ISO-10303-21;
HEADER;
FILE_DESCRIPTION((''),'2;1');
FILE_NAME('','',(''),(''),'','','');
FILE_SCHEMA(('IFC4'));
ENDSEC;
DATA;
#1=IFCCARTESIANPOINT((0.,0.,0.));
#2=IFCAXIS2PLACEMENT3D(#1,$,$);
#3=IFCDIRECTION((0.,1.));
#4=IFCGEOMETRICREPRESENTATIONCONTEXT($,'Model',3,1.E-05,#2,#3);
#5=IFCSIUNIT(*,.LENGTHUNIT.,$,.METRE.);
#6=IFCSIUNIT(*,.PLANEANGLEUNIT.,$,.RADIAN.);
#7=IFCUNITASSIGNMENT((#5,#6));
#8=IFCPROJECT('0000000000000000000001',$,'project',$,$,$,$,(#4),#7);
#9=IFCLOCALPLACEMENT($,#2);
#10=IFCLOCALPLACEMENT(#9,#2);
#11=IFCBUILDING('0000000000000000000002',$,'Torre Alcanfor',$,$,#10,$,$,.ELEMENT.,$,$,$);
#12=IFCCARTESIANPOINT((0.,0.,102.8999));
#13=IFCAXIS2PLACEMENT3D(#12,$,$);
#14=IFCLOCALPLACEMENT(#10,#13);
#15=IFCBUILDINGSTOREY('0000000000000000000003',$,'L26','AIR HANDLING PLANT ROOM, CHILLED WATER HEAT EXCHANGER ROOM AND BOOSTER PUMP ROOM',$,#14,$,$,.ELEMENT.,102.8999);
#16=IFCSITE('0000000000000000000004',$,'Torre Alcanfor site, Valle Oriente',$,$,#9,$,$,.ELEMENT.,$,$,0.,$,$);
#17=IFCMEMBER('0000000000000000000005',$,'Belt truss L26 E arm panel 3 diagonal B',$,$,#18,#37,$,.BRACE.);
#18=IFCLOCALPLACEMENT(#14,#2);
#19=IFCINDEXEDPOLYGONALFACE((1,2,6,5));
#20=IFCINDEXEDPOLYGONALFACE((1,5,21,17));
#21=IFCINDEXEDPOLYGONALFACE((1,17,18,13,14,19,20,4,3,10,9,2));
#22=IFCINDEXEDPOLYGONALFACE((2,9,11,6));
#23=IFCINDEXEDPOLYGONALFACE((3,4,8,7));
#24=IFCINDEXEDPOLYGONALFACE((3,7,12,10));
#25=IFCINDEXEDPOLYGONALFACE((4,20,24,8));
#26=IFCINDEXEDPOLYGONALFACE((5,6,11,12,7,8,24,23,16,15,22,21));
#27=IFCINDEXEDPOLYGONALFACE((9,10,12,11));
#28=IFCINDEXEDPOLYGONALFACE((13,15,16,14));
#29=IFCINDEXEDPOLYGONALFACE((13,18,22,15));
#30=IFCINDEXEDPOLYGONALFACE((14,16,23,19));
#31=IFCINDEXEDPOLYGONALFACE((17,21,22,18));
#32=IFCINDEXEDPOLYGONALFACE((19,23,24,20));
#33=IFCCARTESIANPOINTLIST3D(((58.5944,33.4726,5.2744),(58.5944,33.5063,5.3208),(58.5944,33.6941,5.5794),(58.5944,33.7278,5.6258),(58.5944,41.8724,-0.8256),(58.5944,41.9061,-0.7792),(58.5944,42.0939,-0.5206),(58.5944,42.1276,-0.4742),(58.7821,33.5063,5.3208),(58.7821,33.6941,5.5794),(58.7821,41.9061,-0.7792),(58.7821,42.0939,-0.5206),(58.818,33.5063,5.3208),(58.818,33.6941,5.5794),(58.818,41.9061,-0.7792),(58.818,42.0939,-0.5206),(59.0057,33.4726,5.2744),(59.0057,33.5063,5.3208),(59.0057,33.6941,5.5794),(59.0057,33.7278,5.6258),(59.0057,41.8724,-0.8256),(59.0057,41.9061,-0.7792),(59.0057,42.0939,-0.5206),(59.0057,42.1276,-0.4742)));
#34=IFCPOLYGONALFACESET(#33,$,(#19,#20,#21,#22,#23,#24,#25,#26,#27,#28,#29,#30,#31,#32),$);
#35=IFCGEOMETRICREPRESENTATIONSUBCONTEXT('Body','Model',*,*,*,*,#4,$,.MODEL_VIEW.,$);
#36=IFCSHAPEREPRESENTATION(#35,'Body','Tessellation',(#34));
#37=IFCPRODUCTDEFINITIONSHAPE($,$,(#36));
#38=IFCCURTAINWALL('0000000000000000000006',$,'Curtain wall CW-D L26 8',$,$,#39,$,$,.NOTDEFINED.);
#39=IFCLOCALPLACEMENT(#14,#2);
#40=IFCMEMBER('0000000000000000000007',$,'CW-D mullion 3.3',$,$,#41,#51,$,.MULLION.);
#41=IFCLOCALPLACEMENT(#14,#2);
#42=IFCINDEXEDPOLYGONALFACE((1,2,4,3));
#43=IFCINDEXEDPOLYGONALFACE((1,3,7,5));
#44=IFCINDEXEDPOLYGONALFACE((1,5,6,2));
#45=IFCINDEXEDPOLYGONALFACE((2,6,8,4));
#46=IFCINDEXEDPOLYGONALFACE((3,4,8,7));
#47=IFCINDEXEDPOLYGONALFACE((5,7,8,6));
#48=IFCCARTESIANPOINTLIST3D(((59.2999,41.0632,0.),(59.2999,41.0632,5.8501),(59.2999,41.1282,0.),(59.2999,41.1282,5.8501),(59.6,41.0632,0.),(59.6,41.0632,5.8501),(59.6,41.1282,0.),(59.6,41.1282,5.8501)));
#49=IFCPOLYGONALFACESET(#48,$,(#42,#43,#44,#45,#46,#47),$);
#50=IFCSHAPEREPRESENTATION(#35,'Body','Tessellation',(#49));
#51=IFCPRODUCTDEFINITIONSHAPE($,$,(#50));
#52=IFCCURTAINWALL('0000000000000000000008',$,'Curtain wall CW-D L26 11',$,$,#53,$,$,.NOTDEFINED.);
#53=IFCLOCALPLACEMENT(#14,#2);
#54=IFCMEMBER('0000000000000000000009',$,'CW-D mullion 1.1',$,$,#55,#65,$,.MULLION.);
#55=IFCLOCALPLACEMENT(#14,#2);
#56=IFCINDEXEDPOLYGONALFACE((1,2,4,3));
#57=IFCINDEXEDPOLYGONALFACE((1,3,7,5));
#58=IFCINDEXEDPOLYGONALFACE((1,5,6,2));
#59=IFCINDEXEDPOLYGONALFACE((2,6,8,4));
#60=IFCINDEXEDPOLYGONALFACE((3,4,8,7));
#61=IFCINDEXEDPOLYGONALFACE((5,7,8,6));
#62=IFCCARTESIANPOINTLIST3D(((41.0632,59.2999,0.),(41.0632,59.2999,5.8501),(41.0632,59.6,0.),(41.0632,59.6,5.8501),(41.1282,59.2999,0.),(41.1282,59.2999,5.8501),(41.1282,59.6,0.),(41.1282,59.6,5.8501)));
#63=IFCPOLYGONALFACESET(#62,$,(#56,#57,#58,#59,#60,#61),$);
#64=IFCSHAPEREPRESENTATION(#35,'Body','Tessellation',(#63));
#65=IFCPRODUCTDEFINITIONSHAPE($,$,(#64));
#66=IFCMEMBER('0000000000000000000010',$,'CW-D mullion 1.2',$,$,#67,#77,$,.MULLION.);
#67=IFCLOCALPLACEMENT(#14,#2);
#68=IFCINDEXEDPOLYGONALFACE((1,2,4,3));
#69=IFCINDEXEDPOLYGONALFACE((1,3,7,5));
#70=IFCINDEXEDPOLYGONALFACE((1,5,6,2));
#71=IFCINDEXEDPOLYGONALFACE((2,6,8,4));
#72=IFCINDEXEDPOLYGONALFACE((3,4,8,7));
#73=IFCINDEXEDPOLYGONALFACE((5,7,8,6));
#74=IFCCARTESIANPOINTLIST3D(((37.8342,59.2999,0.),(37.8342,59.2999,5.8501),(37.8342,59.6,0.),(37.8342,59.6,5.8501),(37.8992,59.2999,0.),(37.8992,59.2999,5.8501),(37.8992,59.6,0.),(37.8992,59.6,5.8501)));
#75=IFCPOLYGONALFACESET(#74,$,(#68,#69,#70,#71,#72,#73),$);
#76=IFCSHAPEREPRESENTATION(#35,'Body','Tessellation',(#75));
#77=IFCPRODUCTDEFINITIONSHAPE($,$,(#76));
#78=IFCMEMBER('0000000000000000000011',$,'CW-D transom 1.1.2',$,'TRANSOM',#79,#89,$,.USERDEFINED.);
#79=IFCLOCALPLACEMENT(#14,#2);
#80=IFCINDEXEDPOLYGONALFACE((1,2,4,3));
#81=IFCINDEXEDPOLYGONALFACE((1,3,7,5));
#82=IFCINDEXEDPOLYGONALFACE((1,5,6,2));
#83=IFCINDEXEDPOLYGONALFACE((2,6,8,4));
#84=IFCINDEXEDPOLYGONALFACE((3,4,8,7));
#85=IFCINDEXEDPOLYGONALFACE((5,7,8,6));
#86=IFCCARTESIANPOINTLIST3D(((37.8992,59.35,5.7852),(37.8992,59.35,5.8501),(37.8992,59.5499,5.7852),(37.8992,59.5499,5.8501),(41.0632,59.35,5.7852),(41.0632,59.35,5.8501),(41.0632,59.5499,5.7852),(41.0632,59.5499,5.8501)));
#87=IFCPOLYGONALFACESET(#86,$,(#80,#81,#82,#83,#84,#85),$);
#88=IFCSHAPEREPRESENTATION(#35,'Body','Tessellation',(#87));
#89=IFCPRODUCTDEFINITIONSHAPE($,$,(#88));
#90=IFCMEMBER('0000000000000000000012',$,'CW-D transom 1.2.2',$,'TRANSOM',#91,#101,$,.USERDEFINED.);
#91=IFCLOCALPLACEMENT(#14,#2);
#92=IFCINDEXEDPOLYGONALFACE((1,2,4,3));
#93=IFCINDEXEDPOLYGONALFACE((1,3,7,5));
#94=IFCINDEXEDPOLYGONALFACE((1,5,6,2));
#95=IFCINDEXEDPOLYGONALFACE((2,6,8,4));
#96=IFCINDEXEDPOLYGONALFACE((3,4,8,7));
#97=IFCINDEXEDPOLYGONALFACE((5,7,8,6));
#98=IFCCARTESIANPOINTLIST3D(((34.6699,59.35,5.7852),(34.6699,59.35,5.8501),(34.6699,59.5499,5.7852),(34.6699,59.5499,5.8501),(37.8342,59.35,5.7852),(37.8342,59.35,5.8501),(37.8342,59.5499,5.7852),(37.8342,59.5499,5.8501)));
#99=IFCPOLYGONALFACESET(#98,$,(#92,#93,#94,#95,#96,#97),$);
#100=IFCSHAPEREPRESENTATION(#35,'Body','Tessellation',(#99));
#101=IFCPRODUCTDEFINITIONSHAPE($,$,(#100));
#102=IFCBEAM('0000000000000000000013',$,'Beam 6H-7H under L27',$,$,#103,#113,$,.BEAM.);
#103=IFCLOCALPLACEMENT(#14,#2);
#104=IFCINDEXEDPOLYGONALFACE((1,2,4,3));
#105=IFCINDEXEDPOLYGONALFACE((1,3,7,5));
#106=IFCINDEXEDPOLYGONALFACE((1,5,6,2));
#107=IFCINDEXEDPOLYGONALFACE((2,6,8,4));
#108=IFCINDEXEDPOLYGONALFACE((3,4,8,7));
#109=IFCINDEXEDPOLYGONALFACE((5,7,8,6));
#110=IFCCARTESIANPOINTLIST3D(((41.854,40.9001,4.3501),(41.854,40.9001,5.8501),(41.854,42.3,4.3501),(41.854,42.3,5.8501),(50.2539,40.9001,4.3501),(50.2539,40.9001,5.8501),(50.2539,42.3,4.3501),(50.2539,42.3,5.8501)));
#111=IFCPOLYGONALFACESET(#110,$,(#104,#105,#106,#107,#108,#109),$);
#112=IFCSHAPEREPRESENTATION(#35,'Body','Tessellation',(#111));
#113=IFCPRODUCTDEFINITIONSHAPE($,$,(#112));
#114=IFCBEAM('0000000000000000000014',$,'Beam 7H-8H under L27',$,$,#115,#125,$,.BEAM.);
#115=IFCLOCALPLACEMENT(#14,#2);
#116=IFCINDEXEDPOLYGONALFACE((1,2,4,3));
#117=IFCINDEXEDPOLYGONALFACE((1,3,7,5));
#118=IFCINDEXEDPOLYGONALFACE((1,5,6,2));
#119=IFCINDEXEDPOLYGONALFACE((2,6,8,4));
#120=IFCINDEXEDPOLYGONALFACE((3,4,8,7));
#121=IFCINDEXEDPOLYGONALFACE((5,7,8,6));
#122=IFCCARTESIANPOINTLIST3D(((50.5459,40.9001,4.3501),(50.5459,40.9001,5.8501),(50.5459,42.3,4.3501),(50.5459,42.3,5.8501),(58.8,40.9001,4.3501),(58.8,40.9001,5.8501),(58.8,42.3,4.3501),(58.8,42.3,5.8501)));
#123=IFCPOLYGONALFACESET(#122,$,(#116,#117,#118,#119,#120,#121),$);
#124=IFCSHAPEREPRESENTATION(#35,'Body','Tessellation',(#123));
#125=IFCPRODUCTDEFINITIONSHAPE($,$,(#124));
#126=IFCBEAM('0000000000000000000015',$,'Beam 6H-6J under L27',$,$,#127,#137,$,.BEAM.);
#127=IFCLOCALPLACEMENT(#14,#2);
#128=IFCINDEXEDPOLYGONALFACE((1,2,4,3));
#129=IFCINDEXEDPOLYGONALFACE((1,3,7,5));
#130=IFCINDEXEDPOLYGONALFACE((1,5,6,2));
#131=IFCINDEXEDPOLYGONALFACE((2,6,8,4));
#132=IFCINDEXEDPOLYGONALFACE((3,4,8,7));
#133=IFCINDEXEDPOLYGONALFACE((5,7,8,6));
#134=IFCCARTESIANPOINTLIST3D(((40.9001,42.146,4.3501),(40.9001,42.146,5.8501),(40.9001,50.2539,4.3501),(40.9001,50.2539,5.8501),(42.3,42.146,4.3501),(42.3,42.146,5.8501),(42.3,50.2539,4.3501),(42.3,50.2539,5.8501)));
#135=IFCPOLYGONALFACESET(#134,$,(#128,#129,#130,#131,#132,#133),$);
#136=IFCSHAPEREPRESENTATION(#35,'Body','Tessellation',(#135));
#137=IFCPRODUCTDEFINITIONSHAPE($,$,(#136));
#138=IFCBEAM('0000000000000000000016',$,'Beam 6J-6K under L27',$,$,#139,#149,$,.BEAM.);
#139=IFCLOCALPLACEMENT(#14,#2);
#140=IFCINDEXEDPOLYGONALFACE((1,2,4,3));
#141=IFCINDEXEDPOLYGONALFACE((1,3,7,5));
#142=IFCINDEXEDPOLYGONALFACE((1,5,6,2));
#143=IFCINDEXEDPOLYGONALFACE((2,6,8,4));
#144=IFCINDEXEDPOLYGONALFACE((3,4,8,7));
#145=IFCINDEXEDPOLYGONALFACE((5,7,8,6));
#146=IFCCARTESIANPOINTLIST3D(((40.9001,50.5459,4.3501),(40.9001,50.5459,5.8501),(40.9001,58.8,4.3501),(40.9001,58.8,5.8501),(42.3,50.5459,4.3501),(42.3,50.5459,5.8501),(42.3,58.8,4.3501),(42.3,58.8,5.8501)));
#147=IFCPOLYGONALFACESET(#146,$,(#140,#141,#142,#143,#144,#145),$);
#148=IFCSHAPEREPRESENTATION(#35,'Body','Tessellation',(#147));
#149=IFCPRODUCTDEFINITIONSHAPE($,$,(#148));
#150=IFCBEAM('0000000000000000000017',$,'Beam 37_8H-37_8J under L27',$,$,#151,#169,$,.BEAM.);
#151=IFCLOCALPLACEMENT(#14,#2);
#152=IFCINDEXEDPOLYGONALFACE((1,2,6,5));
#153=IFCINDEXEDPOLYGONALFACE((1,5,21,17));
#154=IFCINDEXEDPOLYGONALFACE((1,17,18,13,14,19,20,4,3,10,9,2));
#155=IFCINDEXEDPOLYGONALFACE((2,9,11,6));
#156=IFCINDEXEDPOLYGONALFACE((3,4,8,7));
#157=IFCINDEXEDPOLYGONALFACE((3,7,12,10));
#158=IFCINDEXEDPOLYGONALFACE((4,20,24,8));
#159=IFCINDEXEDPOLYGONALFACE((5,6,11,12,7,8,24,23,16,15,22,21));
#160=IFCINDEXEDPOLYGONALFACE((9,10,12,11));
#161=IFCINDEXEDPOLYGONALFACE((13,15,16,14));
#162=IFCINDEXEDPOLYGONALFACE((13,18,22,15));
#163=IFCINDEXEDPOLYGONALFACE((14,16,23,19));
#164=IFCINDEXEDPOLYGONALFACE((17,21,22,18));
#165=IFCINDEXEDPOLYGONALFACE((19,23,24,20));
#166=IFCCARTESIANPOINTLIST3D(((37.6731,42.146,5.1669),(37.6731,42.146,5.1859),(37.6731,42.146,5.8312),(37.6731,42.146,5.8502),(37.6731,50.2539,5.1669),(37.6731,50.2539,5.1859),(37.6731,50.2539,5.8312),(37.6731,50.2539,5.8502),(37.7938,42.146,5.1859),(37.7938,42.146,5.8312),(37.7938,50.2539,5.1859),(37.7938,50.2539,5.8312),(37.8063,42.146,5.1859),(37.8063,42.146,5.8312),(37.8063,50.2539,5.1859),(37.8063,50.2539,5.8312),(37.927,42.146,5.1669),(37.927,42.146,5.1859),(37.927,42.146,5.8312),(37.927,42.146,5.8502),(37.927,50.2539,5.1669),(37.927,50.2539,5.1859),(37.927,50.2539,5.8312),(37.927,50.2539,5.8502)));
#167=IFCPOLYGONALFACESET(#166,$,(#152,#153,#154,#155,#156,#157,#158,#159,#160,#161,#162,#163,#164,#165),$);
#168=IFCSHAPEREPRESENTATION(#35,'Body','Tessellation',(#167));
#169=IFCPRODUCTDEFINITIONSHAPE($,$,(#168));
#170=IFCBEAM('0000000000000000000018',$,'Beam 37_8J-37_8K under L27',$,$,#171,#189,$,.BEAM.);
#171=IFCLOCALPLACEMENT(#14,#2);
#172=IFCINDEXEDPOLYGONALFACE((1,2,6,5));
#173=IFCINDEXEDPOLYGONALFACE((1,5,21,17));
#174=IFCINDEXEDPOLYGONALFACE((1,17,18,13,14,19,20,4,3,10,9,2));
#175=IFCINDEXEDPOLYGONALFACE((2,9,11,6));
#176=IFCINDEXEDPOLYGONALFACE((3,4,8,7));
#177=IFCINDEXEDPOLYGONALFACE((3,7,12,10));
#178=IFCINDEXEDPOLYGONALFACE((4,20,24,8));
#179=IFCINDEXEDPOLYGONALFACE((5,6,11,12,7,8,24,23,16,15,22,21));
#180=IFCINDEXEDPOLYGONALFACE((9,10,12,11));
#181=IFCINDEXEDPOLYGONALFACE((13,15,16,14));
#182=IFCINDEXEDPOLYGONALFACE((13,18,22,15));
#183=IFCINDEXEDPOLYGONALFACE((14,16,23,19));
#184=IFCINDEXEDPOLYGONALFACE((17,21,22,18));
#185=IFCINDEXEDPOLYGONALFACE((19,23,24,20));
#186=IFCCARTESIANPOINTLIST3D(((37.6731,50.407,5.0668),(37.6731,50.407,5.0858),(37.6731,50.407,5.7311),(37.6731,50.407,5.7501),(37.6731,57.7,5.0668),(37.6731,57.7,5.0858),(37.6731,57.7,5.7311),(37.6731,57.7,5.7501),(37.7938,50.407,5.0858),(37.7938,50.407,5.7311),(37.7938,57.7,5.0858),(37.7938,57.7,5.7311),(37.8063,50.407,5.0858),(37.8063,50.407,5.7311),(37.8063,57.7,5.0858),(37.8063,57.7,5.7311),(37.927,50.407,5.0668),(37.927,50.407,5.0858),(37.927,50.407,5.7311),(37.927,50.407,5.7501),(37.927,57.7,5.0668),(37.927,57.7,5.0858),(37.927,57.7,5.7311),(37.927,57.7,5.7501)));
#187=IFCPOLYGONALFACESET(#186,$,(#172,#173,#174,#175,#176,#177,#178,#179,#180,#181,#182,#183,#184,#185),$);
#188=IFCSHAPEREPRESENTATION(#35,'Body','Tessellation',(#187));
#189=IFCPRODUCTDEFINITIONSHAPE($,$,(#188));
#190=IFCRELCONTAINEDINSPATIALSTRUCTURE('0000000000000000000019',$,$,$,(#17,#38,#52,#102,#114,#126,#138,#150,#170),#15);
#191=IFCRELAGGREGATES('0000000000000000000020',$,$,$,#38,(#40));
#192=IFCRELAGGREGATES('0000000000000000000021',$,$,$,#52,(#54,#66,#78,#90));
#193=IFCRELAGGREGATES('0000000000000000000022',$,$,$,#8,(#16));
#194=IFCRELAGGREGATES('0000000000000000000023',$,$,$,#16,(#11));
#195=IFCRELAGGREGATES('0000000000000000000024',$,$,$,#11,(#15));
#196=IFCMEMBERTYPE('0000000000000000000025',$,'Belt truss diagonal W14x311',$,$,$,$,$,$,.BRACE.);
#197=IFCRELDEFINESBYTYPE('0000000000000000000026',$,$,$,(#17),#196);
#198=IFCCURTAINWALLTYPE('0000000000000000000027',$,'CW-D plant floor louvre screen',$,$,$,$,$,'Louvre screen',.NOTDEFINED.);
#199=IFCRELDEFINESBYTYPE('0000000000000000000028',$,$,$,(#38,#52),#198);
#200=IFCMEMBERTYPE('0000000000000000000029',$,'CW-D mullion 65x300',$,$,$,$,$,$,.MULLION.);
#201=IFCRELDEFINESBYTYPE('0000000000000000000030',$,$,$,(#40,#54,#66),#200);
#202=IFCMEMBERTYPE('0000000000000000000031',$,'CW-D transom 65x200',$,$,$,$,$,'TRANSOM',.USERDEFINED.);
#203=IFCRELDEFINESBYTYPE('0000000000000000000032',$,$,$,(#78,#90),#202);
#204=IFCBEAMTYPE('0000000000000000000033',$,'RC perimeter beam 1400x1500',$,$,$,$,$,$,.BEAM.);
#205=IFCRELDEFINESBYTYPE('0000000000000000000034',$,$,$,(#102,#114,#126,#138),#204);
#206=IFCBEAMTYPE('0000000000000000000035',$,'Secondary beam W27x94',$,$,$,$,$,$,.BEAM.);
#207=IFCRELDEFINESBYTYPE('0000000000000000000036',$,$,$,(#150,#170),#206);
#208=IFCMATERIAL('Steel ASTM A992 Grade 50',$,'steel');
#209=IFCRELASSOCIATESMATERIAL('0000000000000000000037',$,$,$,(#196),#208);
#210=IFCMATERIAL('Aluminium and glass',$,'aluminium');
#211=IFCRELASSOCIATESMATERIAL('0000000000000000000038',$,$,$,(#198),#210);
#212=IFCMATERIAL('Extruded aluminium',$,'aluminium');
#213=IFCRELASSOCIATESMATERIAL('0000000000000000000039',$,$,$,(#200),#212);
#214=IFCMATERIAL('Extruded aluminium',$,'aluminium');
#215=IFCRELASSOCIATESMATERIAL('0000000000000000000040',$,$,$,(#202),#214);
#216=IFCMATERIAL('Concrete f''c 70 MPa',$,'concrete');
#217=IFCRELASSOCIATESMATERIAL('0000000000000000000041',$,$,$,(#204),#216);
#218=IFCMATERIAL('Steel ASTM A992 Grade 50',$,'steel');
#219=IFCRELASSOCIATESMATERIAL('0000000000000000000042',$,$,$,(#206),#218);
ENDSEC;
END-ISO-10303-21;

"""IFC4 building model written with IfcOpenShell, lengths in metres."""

from ifc_helpers import new_model, si_unit, direction, frame, origin, origin_2d, place, context, subcontext, project, spatial, rectangle, i_section, extrude, material, material_profile, profile_set, type_object, element, aggregate, save


model = new_model("IFC4")

# Units and contexts
model_context = context("Model", 3, precision=1e-05, world=origin(), true_north=direction((0.0, 1.0)))
body_context = subcontext(model_context, "Body", "Model", "MODEL_VIEW")
ifc_project = project(units=[si_unit("LENGTHUNIT", "METRE"), si_unit("PLANEANGLEUNIT", "RADIAN")], contexts=[model_context])

# Site, building, storey
site_placement = place(None, origin())
site = spatial("IfcSite", under=ifc_project, at=site_placement, Name="Torre Alcanfor site, Valle Oriente", CompositionType="ELEMENT", RefElevation=0.0)
building_placement = place(site_placement, origin())
building = spatial("IfcBuilding", under=site, at=building_placement, Name="Torre Alcanfor", CompositionType="ELEMENT")
storey_placement = place(building_placement, frame((0.0, 0.0, 102.8999)))
storey = spatial("IfcBuildingStorey", under=building, at=storey_placement, Name="L26", Description="AIR HANDLING PLANT ROOM, CHILLED WATER HEAT EXCHANGER ROOM AND BOOSTER PUMP ROOM", CompositionType="ELEMENT", Elevation=102.8999)

# Member
ifc_material_1 = material(Name="Steel ASTM A992 Grade 50", Category="steel")
ifc_material_profile_1 = material_profile(ifc_material_1, i_section(OverallWidth=0.4114, OverallDepth=0.4343, WebThickness=0.0359, FlangeThickness=0.0574, at=origin_2d()), Name="W14x311")
ifc_profile_set_1 = profile_set([ifc_material_profile_1], Name="Steel ASTM A992 Grade 50")
member_type_1 = type_object("IfcMemberType", Name="Belt truss diagonal W14x311", PredefinedType="BRACE", material=ifc_profile_set_1)
for number, where, z_axis, x_axis, name in (
    (1, (58.8, 42.0, -0.6499), (0.0, -0.809145, 0.587609), (1.0, 0.0, 0.0), "Belt truss L26 E arm panel 3 diagonal B"),
):
    element("IfcMember", number, at=place(storey_placement, frame(where, z_axis=z_axis, x_axis=x_axis)), inside=storey, type_object=member_type_1, Name=name, PredefinedType="BRACE", context=body_context, shape_type="SweptSolid", body=[
        extrude(i_section(OverallWidth=0.4114, OverallDepth=0.4343, WebThickness=0.0359, FlangeThickness=0.0574, at=origin_2d()), origin(), (0.0, 0.0, 1.0), 10.3811),
    ])

# Curtain wall, member
ifc_material_2 = material(Name="Aluminium and glass", Category="aluminium")
curtain_wall_type = type_object("IfcCurtainWallType", Name="CW-D plant floor louvre screen", ElementType="Louvre screen", PredefinedType="NOTDEFINED", material=ifc_material_2)
curtain_wall_1_placement = place(storey_placement, origin())
curtain_wall_1 = element("IfcCurtainWall", 2, at=curtain_wall_1_placement, inside=storey, type_object=curtain_wall_type, Name="Curtain wall CW-D L26 8", PredefinedType="NOTDEFINED")
ifc_material_3 = material(Name="Extruded aluminium", Category="aluminium")
ifc_material_profile_2 = material_profile(ifc_material_3, rectangle(XDim=0.3, YDim=0.0649, at=origin_2d()), Name="CW-D mullion 65x300")
ifc_profile_set_2 = profile_set([ifc_material_profile_2], Name="Extruded aluminium")
member_type_2 = type_object("IfcMemberType", Name="CW-D mullion 65x300", PredefinedType="MULLION", material=ifc_profile_set_2)
member_1_placement = place(storey_placement, frame((59.45, 41.0957, 0.0), z_axis=(0.0, 0.0, 1.0), x_axis=(-1.0, 0.0, 0.0)))
member_1 = element("IfcMember", 3, at=member_1_placement, type_object=member_type_2, Name="CW-D mullion 3.3", PredefinedType="MULLION", context=body_context, shape_type="SweptSolid", body=[
    extrude(rectangle(XDim=0.3, YDim=0.0649, at=origin_2d()), origin(), (0.0, 0.0, 1.0), 5.8501),
])
aggregate(curtain_wall_1, [member_1])

# Curtain wall, members
curtain_wall_2_placement = place(storey_placement, origin())
curtain_wall_2 = element("IfcCurtainWall", 4, at=curtain_wall_2_placement, inside=storey, type_object=curtain_wall_type, Name="Curtain wall CW-D L26 11", PredefinedType="NOTDEFINED")
member_2_placement = place(storey_placement, frame((41.0957, 59.45, 0.0), z_axis=(0.0, 0.0, 1.0), x_axis=(0.0, -1.0, 0.0)))
member_2 = element("IfcMember", 5, at=member_2_placement, type_object=member_type_2, Name="CW-D mullion 1.1", PredefinedType="MULLION", context=body_context, shape_type="SweptSolid", body=[
    extrude(rectangle(XDim=0.3, YDim=0.0649, at=origin_2d()), origin(), (0.0, 0.0, 1.0), 5.8501),
])
member_3_placement = place(storey_placement, frame((37.8667, 59.45, 0.0), z_axis=(0.0, 0.0, 1.0), x_axis=(0.0, -1.0, 0.0)))
member_3 = element("IfcMember", 6, at=member_3_placement, type_object=member_type_2, Name="CW-D mullion 1.2", PredefinedType="MULLION", context=body_context, shape_type="SweptSolid", body=[
    extrude(rectangle(XDim=0.3, YDim=0.0649, at=origin_2d()), origin(), (0.0, 0.0, 1.0), 5.8501),
])
ifc_material_4 = material(Name="Extruded aluminium", Category="aluminium")
ifc_material_profile_3 = material_profile(ifc_material_4, rectangle(XDim=0.2, YDim=0.0649, at=origin_2d()), Name="CW-D transom 200x65")
ifc_profile_set_3 = profile_set([ifc_material_profile_3], Name="Extruded aluminium")
member_type_3 = type_object("IfcMemberType", Name="CW-D transom 65x200", ElementType="TRANSOM", PredefinedType="USERDEFINED", material=ifc_profile_set_3)
member_4_placement = place(storey_placement, frame((41.0632, 59.45, 5.8176), z_axis=(-1.0, 0.0, 0.0), x_axis=(0.0, -1.0, 0.0)))
member_4 = element("IfcMember", 7, at=member_4_placement, type_object=member_type_3, Name="CW-D transom 1.1.2", ObjectType="TRANSOM", PredefinedType="USERDEFINED", context=body_context, shape_type="SweptSolid", body=[
    extrude(rectangle(XDim=0.2, YDim=0.0649, at=origin_2d()), origin(), (0.0, 0.0, 1.0), 3.1641),
])
member_5_placement = place(storey_placement, frame((37.8342, 59.45, 5.8176), z_axis=(-1.0, 0.0, 0.0), x_axis=(0.0, -1.0, 0.0)))
member_5 = element("IfcMember", 8, at=member_5_placement, type_object=member_type_3, Name="CW-D transom 1.2.2", ObjectType="TRANSOM", PredefinedType="USERDEFINED", context=body_context, shape_type="SweptSolid", body=[
    extrude(rectangle(XDim=0.2, YDim=0.0649, at=origin_2d()), origin(), (0.0, 0.0, 1.0), 3.1643),
])

# Beams
ifc_material_5 = material(Name="Concrete f'c 70 MPa", Category="concrete")
ifc_material_profile_4 = material_profile(ifc_material_5, rectangle(XDim=1.3999, YDim=1.5, at=origin_2d()), Name="1400x1500")
ifc_profile_set_4 = profile_set([ifc_material_profile_4], Name="Concrete f'c 70 MPa")
beam_type_1 = type_object("IfcBeamType", Name="RC perimeter beam 1400x1500", PredefinedType="BEAM", material=ifc_profile_set_4)
beam_1_placement = place(storey_placement, frame((41.854, 41.6001, 5.1001), z_axis=(1.0, 0.0, 0.0), x_axis=(0.0, 1.0, 0.0)))
element("IfcBeam", 9, at=beam_1_placement, inside=storey, type_object=beam_type_1, Name="Beam 6H-7H under L27", PredefinedType="BEAM", context=body_context, shape_type="SweptSolid", body=[
    extrude(rectangle(XDim=1.3999, YDim=1.5, at=origin_2d()), origin(), (0.0, 0.0, 1.0), 8.3999),
])
beam_2_placement = place(storey_placement, frame((50.5459, 41.6001, 5.1001), z_axis=(1.0, 0.0, 0.0), x_axis=(0.0, 1.0, 0.0)))
element("IfcBeam", 10, at=beam_2_placement, inside=storey, type_object=beam_type_1, Name="Beam 7H-8H under L27", PredefinedType="BEAM", context=body_context, shape_type="SweptSolid", body=[
    extrude(rectangle(XDim=1.3999, YDim=1.5, at=origin_2d()), origin(), (0.0, 0.0, 1.0), 8.2542),
])
beam_3_placement = place(storey_placement, frame((41.6001, 42.146, 5.1001), z_axis=(0.0, 1.0, 0.0), x_axis=(-1.0, 0.0, 0.0)))
element("IfcBeam", 11, at=beam_3_placement, inside=storey, type_object=beam_type_1, Name="Beam 6H-6J under L27", PredefinedType="BEAM", context=body_context, shape_type="SweptSolid", body=[
    extrude(rectangle(XDim=1.3999, YDim=1.5, at=origin_2d()), origin(), (0.0, 0.0, 1.0), 8.1079),
])
beam_4_placement = place(storey_placement, frame((41.6001, 50.5459, 5.1001), z_axis=(0.0, 1.0, 0.0), x_axis=(-1.0, 0.0, 0.0)))
element("IfcBeam", 12, at=beam_4_placement, inside=storey, type_object=beam_type_1, Name="Beam 6J-6K under L27", PredefinedType="BEAM", context=body_context, shape_type="SweptSolid", body=[
    extrude(rectangle(XDim=1.3999, YDim=1.5, at=origin_2d()), origin(), (0.0, 0.0, 1.0), 8.2542),
])
ifc_material_6 = material(Name="Steel ASTM A992 Grade 50", Category="steel")
ifc_material_profile_5 = material_profile(ifc_material_6, i_section(OverallWidth=0.2539, OverallDepth=0.6833, WebThickness=0.0125, FlangeThickness=0.019, at=origin_2d()), Name="W27x94")
ifc_profile_set_5 = profile_set([ifc_material_profile_5], Name="Steel ASTM A992 Grade 50")
beam_type_2 = type_object("IfcBeamType", Name="Secondary beam W27x94", PredefinedType="BEAM", material=ifc_profile_set_5)
beam_5_placement = place(storey_placement, frame((37.8, 42.146, 5.5085), z_axis=(0.0, 1.0, 0.0), x_axis=(-1.0, 0.0, 0.0)))
element("IfcBeam", 13, at=beam_5_placement, inside=storey, type_object=beam_type_2, Name="Beam 37_8H-37_8J under L27", PredefinedType="BEAM", context=body_context, shape_type="SweptSolid", body=[
    extrude(i_section(OverallWidth=0.2539, OverallDepth=0.6833, WebThickness=0.0125, FlangeThickness=0.019, at=origin_2d()), origin(), (0.0, 0.0, 1.0), 8.1079),
])
beam_6_placement = place(storey_placement, frame((37.8, 50.407, 5.4084), z_axis=(0.0, 1.0, 0.0), x_axis=(-1.0, 0.0, 0.0)))
element("IfcBeam", 14, at=beam_6_placement, inside=storey, type_object=beam_type_2, Name="Beam 37_8J-37_8K under L27", PredefinedType="BEAM", context=body_context, shape_type="SweptSolid", body=[
    extrude(i_section(OverallWidth=0.2539, OverallDepth=0.6833, WebThickness=0.0125, FlangeThickness=0.019, at=origin_2d()), origin(), (0.0, 0.0, 1.0), 7.293),
])

aggregate(curtain_wall_2, [member_2, member_3, member_4, member_5])

save(model, "model.ifc")
